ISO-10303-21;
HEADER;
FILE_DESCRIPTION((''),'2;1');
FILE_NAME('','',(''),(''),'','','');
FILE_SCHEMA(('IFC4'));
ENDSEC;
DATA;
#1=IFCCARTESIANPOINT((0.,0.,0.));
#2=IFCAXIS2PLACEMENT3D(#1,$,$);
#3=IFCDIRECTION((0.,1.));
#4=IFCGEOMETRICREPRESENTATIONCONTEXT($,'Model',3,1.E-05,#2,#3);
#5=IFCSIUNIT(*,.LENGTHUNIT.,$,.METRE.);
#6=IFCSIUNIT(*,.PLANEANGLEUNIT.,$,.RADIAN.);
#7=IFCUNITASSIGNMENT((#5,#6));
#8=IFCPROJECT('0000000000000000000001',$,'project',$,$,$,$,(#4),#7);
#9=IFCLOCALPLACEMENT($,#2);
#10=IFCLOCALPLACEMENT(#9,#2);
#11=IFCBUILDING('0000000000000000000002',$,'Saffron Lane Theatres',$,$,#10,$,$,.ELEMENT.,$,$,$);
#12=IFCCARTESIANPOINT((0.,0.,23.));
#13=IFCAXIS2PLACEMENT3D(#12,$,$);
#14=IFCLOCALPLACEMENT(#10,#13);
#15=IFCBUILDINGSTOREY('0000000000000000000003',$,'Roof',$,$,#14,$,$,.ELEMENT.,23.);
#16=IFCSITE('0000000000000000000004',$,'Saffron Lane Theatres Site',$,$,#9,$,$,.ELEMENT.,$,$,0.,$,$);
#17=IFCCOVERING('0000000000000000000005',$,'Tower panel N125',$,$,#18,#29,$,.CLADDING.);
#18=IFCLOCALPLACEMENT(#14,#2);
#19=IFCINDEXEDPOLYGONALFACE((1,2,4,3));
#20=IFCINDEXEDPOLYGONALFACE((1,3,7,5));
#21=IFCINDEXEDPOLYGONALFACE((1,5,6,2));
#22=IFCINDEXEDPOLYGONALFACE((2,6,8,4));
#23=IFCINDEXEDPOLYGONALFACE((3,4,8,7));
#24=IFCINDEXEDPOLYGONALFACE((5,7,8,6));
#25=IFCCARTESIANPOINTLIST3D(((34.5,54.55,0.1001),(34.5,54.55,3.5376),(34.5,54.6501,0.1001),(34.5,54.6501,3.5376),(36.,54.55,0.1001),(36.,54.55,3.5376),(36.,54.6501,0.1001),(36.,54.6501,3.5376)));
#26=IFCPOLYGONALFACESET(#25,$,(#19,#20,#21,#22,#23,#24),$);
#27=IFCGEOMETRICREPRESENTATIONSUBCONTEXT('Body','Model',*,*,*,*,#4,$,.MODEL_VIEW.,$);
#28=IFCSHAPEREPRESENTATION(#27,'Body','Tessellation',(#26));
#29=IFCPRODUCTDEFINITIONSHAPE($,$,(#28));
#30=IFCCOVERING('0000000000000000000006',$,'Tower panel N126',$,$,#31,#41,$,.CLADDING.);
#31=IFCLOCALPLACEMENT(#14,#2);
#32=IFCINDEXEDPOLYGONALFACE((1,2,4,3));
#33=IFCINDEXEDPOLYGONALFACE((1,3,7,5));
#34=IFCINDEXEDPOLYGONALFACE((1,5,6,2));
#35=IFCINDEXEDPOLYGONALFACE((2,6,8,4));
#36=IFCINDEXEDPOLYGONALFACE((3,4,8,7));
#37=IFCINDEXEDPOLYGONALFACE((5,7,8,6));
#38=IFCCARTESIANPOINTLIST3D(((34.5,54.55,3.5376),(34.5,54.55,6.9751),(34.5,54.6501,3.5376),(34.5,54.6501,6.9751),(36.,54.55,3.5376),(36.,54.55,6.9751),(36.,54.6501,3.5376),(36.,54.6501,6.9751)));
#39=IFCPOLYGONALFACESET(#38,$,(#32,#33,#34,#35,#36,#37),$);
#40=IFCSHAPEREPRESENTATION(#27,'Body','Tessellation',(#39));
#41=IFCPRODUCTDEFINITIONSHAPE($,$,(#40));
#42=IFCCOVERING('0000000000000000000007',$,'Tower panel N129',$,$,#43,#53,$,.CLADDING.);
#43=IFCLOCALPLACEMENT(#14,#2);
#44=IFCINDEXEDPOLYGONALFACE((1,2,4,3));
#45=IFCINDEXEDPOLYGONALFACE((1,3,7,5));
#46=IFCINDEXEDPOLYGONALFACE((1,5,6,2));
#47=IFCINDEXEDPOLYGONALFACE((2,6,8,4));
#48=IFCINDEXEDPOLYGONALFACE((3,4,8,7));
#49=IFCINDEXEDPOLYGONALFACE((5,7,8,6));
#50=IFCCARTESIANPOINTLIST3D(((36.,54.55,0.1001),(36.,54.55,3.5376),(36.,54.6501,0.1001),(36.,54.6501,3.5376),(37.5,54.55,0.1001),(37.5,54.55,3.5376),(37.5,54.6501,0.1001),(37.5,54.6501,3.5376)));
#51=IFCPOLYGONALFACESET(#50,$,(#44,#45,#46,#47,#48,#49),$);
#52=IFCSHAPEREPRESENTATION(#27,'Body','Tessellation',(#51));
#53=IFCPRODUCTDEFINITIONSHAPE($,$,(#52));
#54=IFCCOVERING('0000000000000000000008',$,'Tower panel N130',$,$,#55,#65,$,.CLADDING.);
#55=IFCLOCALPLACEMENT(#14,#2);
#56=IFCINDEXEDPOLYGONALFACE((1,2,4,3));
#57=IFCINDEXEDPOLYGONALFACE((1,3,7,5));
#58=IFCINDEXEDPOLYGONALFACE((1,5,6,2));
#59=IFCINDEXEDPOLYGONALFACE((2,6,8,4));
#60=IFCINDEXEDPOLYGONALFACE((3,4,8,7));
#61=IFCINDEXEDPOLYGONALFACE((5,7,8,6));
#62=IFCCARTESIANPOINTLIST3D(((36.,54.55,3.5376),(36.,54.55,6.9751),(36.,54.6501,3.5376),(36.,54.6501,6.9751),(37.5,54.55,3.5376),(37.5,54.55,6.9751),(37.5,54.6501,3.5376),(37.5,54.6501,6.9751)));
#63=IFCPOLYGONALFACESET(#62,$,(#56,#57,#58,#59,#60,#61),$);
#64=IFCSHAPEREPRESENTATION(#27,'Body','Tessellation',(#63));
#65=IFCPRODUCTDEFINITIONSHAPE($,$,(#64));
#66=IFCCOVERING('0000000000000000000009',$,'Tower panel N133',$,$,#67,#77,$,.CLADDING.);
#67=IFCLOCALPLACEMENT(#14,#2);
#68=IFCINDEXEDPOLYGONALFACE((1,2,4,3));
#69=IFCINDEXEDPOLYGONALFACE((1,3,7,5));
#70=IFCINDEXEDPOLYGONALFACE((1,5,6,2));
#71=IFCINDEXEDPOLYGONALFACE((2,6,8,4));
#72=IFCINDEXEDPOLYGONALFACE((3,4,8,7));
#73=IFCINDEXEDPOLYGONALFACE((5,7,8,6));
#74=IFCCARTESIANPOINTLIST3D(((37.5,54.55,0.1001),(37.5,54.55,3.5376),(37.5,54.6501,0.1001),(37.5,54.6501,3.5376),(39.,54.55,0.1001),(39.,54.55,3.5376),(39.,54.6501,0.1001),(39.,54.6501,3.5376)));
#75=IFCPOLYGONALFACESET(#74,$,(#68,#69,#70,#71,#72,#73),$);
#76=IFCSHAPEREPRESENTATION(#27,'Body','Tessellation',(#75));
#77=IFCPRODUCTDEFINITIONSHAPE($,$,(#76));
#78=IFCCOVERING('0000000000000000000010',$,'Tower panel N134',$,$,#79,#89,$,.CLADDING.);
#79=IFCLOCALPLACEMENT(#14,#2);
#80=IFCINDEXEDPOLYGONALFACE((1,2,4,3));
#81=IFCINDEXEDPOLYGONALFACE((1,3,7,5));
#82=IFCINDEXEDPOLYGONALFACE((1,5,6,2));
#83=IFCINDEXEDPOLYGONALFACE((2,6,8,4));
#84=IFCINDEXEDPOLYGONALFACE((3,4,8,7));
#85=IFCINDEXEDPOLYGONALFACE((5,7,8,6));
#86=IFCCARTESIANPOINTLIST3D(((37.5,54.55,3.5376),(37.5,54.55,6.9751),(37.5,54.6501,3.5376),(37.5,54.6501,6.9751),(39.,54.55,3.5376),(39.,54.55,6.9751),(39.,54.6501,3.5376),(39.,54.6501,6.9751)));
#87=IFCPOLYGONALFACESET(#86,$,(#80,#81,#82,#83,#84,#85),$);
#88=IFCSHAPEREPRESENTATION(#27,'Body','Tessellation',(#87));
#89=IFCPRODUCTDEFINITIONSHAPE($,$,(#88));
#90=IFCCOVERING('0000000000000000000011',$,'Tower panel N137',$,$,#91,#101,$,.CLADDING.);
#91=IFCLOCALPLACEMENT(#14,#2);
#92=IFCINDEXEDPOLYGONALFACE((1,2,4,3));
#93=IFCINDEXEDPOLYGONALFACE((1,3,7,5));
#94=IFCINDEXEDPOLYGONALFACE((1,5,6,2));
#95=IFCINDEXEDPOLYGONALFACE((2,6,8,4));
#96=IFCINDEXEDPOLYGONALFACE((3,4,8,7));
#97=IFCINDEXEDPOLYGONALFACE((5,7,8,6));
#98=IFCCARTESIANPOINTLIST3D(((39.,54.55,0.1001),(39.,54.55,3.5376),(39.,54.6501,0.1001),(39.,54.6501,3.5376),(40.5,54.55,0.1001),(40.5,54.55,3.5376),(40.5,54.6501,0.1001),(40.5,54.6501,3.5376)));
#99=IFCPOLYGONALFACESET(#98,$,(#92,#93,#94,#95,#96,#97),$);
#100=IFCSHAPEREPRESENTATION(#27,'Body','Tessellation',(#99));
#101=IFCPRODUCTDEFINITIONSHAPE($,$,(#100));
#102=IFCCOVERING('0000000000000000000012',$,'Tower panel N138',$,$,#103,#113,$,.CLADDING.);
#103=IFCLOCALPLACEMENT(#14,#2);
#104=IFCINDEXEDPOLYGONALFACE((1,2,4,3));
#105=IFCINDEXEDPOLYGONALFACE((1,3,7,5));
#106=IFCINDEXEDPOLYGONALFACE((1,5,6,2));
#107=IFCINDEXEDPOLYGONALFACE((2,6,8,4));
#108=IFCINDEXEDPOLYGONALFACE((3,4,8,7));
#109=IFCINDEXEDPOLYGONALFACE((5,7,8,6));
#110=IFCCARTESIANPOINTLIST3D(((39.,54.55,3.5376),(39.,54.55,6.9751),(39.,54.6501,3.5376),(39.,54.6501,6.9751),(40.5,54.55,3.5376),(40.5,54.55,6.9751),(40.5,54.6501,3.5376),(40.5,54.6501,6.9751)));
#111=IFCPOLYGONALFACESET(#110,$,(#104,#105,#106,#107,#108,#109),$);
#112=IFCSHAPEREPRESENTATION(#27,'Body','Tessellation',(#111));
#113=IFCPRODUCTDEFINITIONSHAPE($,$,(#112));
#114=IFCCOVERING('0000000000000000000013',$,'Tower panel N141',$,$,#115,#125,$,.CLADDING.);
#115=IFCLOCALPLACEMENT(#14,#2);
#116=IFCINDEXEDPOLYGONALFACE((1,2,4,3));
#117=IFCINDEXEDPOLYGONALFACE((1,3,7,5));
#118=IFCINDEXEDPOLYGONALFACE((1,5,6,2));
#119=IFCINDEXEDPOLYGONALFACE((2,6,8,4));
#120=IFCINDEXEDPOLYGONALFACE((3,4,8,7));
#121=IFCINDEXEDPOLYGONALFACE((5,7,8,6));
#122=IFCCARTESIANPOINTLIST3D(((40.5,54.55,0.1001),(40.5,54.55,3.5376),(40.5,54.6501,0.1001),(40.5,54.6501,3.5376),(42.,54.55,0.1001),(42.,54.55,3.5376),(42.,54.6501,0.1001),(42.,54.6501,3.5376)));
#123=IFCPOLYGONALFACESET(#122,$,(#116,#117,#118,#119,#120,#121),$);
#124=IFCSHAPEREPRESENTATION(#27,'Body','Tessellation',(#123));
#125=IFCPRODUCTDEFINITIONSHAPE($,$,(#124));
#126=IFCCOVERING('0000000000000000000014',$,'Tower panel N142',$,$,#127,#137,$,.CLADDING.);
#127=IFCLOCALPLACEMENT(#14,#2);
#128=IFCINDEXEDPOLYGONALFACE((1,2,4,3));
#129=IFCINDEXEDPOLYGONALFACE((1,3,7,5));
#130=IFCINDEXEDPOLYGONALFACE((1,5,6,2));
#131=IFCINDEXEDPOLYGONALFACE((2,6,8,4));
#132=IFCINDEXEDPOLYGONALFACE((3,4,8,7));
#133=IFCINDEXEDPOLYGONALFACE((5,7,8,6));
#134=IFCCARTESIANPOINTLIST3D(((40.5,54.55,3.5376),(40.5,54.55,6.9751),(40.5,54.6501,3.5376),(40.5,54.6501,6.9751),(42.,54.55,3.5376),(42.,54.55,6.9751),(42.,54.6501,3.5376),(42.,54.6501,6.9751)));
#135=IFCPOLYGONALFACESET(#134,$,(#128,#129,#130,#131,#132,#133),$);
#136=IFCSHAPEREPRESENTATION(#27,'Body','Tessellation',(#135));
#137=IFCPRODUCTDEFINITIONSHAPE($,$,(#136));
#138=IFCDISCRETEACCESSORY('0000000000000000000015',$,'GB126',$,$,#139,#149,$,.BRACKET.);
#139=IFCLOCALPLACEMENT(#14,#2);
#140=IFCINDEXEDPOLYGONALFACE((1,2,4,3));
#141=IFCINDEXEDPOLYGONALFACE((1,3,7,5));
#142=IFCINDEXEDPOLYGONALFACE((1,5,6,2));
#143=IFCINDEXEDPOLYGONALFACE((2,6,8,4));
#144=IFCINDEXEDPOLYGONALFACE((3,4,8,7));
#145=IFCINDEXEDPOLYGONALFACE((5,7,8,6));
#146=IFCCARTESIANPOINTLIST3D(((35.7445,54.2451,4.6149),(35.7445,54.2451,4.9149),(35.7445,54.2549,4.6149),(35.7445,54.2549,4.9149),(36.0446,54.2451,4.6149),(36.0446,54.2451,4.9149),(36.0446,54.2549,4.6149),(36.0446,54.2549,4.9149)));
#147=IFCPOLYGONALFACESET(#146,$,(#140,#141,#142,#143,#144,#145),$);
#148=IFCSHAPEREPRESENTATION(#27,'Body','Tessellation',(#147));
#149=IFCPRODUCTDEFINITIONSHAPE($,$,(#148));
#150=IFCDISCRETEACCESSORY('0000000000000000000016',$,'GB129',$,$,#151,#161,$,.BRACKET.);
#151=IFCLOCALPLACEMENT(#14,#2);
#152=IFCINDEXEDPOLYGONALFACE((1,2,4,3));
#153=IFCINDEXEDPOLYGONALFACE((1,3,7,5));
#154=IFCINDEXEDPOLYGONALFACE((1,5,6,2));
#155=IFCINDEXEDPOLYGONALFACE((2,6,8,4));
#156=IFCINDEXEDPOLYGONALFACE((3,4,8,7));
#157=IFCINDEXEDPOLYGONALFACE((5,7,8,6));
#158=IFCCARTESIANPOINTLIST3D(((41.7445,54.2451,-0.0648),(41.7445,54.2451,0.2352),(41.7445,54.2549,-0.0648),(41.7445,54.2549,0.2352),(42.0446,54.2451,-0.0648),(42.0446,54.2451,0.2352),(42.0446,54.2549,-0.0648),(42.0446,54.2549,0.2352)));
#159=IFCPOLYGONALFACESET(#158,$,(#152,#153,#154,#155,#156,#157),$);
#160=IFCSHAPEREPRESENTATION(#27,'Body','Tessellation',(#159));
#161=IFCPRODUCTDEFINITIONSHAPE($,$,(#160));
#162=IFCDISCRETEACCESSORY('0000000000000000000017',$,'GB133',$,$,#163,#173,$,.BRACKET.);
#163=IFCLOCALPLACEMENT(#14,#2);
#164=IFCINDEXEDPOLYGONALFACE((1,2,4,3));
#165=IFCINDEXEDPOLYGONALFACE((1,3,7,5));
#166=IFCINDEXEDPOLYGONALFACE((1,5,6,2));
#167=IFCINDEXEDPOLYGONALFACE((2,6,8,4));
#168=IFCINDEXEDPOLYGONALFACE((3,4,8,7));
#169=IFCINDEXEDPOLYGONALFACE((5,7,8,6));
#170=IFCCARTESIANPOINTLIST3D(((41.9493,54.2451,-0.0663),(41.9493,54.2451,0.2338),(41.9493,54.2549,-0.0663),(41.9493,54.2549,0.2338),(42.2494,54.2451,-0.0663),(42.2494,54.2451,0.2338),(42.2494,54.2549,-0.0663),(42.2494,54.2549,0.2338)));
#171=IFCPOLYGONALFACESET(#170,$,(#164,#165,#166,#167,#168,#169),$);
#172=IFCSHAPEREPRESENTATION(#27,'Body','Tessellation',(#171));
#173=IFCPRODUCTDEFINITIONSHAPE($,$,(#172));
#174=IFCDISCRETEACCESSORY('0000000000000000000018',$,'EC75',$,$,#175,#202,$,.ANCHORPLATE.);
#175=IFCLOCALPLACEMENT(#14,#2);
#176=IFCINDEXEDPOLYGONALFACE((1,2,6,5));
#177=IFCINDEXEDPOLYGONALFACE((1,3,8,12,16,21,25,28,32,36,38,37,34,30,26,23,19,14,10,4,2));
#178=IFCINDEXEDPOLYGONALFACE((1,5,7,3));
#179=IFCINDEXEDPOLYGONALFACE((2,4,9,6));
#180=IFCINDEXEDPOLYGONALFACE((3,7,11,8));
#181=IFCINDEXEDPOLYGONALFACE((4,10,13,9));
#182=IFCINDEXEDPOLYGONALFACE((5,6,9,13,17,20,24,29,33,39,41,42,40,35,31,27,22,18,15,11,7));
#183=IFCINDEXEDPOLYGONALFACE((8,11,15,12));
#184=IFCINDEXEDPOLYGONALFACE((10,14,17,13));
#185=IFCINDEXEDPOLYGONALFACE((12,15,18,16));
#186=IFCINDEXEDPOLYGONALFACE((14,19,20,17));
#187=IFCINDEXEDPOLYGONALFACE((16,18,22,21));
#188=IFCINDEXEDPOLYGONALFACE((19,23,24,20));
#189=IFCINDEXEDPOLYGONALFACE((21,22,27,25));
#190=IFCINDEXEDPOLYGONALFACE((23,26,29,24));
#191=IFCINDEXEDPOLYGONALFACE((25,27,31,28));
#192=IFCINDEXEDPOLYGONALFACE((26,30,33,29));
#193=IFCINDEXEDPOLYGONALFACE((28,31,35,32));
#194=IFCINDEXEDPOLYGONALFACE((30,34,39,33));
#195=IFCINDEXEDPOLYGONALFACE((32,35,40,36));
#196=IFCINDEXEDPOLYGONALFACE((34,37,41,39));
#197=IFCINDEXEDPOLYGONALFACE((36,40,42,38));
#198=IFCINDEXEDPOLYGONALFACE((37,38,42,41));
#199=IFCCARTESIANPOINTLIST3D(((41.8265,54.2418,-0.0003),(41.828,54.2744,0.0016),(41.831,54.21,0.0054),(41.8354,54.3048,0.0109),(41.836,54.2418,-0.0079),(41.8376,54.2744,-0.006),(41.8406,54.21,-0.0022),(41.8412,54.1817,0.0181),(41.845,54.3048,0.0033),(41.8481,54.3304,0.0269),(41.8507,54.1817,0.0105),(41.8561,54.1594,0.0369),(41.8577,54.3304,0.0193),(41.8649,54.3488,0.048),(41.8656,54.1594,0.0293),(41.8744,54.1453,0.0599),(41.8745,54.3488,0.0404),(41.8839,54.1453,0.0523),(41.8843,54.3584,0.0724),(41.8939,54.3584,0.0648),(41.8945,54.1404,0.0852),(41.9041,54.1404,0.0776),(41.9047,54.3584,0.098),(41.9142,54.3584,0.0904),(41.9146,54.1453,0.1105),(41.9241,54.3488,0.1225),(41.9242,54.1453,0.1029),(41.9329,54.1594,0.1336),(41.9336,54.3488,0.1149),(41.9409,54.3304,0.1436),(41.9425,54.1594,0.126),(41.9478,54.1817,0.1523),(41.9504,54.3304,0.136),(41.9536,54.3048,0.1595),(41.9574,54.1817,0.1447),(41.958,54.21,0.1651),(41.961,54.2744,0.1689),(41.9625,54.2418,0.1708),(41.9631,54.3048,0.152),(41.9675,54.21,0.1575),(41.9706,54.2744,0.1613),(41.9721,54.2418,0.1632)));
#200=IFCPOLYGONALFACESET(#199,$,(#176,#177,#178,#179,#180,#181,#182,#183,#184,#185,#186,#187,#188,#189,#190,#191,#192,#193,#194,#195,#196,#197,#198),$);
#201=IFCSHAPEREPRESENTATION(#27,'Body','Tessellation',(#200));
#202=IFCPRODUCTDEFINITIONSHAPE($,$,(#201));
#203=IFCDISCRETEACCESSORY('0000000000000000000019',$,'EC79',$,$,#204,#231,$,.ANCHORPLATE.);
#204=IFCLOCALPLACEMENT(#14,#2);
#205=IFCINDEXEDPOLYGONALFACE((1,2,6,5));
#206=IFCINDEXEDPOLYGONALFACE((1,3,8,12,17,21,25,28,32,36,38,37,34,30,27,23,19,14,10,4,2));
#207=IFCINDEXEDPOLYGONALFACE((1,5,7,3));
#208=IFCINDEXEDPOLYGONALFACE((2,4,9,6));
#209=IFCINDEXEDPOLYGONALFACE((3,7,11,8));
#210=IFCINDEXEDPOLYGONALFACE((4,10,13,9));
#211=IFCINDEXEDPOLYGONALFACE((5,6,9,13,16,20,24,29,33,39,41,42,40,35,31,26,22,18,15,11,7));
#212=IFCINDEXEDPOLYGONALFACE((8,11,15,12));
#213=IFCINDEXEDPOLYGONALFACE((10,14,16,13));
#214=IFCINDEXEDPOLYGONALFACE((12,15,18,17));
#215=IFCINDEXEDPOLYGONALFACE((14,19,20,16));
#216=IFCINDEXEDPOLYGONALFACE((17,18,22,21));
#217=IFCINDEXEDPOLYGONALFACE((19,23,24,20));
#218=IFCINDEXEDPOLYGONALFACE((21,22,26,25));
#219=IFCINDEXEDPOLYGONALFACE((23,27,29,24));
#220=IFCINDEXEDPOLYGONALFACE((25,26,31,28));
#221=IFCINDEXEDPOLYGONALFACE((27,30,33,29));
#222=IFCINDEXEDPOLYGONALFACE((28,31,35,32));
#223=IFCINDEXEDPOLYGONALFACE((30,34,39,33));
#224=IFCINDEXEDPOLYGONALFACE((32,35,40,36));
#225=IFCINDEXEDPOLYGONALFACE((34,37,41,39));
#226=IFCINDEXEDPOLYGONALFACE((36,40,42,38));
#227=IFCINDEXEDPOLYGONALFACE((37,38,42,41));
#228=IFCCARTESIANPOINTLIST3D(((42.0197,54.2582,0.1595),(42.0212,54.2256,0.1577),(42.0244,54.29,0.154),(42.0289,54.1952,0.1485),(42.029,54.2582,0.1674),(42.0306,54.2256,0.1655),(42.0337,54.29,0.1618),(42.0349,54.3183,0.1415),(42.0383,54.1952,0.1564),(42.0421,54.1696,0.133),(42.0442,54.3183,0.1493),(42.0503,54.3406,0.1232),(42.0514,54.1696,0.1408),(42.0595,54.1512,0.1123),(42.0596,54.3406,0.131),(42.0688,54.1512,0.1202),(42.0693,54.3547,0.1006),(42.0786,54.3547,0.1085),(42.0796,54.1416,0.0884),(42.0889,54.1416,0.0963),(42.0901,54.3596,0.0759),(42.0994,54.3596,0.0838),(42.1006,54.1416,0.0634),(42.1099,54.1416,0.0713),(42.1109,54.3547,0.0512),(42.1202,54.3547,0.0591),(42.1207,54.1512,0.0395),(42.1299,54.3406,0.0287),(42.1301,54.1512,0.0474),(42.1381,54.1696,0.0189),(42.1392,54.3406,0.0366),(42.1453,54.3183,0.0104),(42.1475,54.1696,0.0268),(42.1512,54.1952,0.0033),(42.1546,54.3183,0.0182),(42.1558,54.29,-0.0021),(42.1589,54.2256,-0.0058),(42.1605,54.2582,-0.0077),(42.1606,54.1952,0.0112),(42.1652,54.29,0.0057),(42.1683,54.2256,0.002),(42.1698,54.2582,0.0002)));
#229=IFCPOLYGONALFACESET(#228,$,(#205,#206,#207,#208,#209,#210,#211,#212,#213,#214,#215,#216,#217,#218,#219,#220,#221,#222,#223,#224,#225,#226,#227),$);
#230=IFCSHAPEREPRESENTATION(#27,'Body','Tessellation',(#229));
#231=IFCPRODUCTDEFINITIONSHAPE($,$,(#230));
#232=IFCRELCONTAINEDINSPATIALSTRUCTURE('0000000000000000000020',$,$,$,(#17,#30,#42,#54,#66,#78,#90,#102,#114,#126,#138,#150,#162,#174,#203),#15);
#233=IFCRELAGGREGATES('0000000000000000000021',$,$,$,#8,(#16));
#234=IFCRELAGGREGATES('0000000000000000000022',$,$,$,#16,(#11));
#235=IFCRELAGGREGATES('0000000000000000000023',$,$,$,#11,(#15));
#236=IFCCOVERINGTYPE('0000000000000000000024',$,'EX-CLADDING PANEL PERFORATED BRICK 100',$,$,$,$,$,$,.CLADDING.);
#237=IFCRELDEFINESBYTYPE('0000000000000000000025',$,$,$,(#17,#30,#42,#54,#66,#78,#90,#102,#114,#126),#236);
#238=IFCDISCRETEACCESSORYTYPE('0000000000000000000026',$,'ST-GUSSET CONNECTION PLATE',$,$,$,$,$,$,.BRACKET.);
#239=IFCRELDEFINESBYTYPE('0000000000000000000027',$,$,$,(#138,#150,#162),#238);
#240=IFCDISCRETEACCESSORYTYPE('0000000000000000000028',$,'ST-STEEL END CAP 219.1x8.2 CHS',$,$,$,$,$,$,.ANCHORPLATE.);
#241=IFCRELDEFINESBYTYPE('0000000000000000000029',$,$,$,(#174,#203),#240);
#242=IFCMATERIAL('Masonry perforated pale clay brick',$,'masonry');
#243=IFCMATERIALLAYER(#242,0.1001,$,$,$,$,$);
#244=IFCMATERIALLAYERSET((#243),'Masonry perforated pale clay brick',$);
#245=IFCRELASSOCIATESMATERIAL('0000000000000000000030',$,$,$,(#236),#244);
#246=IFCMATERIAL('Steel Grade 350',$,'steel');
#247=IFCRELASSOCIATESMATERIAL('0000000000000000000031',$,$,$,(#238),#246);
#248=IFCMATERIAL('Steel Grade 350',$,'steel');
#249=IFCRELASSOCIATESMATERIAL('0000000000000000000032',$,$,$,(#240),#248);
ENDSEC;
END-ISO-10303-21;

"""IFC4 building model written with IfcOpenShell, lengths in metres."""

from ifc_helpers import new_model, si_unit, direction, frame, origin, origin_2d, place, context, subcontext, project, spatial, rectangle, circle, extrude, material, layer, layer_set, material_profile, profile_set, type_object, element, save


model = new_model("IFC4")

# Units and contexts
model_context = context("Model", 3, precision=1e-05, world=origin(), true_north=direction((0.0, 1.0)))
body_context = subcontext(model_context, "Body", "Model", "MODEL_VIEW")
ifc_project = project(units=[si_unit("LENGTHUNIT", "METRE"), si_unit("PLANEANGLEUNIT", "RADIAN")], contexts=[model_context])

# Site, building, storey
site_placement = place(None, origin())
site = spatial("IfcSite", under=ifc_project, at=site_placement, Name="Saffron Lane Theatres Site", CompositionType="ELEMENT", RefElevation=0.0)
building_placement = place(site_placement, origin())
building = spatial("IfcBuilding", under=site, at=building_placement, Name="Saffron Lane Theatres", CompositionType="ELEMENT")
storey_placement = place(building_placement, frame((0.0, 0.0, 23.0)))
storey = spatial("IfcBuildingStorey", under=building, at=storey_placement, Name="Roof", CompositionType="ELEMENT", Elevation=23.0)

# Coverings
ifc_material_1 = material(Name="Masonry perforated pale clay brick", Category="masonry")
ifc_layer_1 = layer(ifc_material_1, 0.1001)
ifc_layer_set_1 = layer_set([ifc_layer_1], Name="Masonry perforated pale clay brick")
covering_type = type_object("IfcCoveringType", Name="EX-CLADDING PANEL PERFORATED BRICK 100", PredefinedType="CLADDING", material=ifc_layer_set_1)
for number, where, z_axis, x_axis, name in (
    (1, (35.25, 54.6001, 0.1001), (0.0, 0.0, 1.0), (1.0, 0.0, 0.0), "Tower panel N125"),
    (2, (35.25, 54.6001, 3.5376), (0.0, 0.0, 1.0), (1.0, 0.0, 0.0), "Tower panel N126"),
    (3, (36.75, 54.6001, 0.1001), (0.0, 0.0, 1.0), (1.0, 0.0, 0.0), "Tower panel N129"),
    (4, (36.75, 54.6001, 3.5376), (0.0, 0.0, 1.0), (1.0, 0.0, 0.0), "Tower panel N130"),
    (5, (38.25, 54.6001, 0.1001), (0.0, 0.0, 1.0), (1.0, 0.0, 0.0), "Tower panel N133"),
    (6, (38.25, 54.6001, 3.5376), (0.0, 0.0, 1.0), (1.0, 0.0, 0.0), "Tower panel N134"),
    (7, (39.75, 54.6001, 0.1001), (0.0, 0.0, 1.0), (1.0, 0.0, 0.0), "Tower panel N137"),
    (8, (39.75, 54.6001, 3.5376), (0.0, 0.0, 1.0), (1.0, 0.0, 0.0), "Tower panel N138"),
    (9, (41.25, 54.6001, 0.1001), (0.0, 0.0, 1.0), (1.0, 0.0, 0.0), "Tower panel N141"),
    (10, (41.25, 54.6001, 3.5376), (0.0, 0.0, 1.0), (1.0, 0.0, 0.0), "Tower panel N142"),
):
    element("IfcCovering", number, at=place(storey_placement, frame(where, z_axis=z_axis, x_axis=x_axis)), inside=storey, type_object=covering_type, Name=name, PredefinedType="CLADDING", context=body_context, shape_type="SweptSolid", body=[
        extrude(rectangle(XDim=1.5, YDim=0.1001, at=origin_2d()), origin(), (0.0, 0.0, 1.0), 3.4375),
    ])

# Discrete accessories
ifc_material_2 = material(Name="Steel Grade 350", Category="steel")
ifc_material_profile_1 = material_profile(ifc_material_2, rectangle(XDim=0.3, YDim=0.3, at=origin_2d()))
ifc_profile_set_1 = profile_set([ifc_material_profile_1], Name="Steel Grade 350")
discrete_accessory_type_1 = type_object("IfcDiscreteAccessoryType", Name="ST-GUSSET CONNECTION PLATE", PredefinedType="BRACKET", material=ifc_profile_set_1)
for number, where, z_axis, x_axis, name in (
    (11, (35.8945, 54.2451, 4.7649), (0.0, 1.0, 0.0), (-1.0, 0.0, 0.0), "GB126"),
    (12, (41.8945, 54.2451, 0.0852), (0.0, 1.0, 0.0), (-1.0, 0.0, 0.0), "GB129"),
    (13, (42.0994, 54.2451, 0.0837), (0.0, 1.0, 0.0), (-1.0, 0.0, 0.0), "GB133"),
):
    element("IfcDiscreteAccessory", number, at=place(storey_placement, frame(where, z_axis=z_axis, x_axis=x_axis)), inside=storey, type_object=discrete_accessory_type_1, Name=name, PredefinedType="BRACKET", context=body_context, shape_type="SweptSolid", body=[
        extrude(rectangle(XDim=0.3, YDim=0.3, at=origin_2d()), origin(), (0.0, 0.0, 1.0), 0.0098),
    ])
ifc_material_3 = material(Name="Steel Grade 350", Category="steel")
ifc_material_profile_2 = material_profile(ifc_material_3, circle(Radius=0.1096, at=origin_2d()))
ifc_profile_set_2 = profile_set([ifc_material_profile_2], Name="Steel Grade 350")
discrete_accessory_type_2 = type_object("IfcDiscreteAccessoryType", Name="ST-STEEL END CAP 219.1x8.2 CHS", PredefinedType="ANCHORPLATE", material=ifc_profile_set_2)
for number, where, z_axis, x_axis, name in (
    (14, (41.9041, 54.25, 0.0776), (-0.782823, 0.0, 0.622244), (0.0, -1.0, 0.0), "EC75"),
    (15, (42.0901, 54.25, 0.0759), (0.764911, 0.0, 0.644136), (0.0, 1.0, 0.0), "EC79"),
):
    element("IfcDiscreteAccessory", number, at=place(storey_placement, frame(where, z_axis=z_axis, x_axis=x_axis)), inside=storey, type_object=discrete_accessory_type_2, Name=name, PredefinedType="ANCHORPLATE", context=body_context, shape_type="SweptSolid", body=[
        extrude(circle(Radius=0.1096, at=origin_2d()), origin(), (0.0, 0.0, 1.0), 0.0122),
    ])

save(model, "model.ifc")
